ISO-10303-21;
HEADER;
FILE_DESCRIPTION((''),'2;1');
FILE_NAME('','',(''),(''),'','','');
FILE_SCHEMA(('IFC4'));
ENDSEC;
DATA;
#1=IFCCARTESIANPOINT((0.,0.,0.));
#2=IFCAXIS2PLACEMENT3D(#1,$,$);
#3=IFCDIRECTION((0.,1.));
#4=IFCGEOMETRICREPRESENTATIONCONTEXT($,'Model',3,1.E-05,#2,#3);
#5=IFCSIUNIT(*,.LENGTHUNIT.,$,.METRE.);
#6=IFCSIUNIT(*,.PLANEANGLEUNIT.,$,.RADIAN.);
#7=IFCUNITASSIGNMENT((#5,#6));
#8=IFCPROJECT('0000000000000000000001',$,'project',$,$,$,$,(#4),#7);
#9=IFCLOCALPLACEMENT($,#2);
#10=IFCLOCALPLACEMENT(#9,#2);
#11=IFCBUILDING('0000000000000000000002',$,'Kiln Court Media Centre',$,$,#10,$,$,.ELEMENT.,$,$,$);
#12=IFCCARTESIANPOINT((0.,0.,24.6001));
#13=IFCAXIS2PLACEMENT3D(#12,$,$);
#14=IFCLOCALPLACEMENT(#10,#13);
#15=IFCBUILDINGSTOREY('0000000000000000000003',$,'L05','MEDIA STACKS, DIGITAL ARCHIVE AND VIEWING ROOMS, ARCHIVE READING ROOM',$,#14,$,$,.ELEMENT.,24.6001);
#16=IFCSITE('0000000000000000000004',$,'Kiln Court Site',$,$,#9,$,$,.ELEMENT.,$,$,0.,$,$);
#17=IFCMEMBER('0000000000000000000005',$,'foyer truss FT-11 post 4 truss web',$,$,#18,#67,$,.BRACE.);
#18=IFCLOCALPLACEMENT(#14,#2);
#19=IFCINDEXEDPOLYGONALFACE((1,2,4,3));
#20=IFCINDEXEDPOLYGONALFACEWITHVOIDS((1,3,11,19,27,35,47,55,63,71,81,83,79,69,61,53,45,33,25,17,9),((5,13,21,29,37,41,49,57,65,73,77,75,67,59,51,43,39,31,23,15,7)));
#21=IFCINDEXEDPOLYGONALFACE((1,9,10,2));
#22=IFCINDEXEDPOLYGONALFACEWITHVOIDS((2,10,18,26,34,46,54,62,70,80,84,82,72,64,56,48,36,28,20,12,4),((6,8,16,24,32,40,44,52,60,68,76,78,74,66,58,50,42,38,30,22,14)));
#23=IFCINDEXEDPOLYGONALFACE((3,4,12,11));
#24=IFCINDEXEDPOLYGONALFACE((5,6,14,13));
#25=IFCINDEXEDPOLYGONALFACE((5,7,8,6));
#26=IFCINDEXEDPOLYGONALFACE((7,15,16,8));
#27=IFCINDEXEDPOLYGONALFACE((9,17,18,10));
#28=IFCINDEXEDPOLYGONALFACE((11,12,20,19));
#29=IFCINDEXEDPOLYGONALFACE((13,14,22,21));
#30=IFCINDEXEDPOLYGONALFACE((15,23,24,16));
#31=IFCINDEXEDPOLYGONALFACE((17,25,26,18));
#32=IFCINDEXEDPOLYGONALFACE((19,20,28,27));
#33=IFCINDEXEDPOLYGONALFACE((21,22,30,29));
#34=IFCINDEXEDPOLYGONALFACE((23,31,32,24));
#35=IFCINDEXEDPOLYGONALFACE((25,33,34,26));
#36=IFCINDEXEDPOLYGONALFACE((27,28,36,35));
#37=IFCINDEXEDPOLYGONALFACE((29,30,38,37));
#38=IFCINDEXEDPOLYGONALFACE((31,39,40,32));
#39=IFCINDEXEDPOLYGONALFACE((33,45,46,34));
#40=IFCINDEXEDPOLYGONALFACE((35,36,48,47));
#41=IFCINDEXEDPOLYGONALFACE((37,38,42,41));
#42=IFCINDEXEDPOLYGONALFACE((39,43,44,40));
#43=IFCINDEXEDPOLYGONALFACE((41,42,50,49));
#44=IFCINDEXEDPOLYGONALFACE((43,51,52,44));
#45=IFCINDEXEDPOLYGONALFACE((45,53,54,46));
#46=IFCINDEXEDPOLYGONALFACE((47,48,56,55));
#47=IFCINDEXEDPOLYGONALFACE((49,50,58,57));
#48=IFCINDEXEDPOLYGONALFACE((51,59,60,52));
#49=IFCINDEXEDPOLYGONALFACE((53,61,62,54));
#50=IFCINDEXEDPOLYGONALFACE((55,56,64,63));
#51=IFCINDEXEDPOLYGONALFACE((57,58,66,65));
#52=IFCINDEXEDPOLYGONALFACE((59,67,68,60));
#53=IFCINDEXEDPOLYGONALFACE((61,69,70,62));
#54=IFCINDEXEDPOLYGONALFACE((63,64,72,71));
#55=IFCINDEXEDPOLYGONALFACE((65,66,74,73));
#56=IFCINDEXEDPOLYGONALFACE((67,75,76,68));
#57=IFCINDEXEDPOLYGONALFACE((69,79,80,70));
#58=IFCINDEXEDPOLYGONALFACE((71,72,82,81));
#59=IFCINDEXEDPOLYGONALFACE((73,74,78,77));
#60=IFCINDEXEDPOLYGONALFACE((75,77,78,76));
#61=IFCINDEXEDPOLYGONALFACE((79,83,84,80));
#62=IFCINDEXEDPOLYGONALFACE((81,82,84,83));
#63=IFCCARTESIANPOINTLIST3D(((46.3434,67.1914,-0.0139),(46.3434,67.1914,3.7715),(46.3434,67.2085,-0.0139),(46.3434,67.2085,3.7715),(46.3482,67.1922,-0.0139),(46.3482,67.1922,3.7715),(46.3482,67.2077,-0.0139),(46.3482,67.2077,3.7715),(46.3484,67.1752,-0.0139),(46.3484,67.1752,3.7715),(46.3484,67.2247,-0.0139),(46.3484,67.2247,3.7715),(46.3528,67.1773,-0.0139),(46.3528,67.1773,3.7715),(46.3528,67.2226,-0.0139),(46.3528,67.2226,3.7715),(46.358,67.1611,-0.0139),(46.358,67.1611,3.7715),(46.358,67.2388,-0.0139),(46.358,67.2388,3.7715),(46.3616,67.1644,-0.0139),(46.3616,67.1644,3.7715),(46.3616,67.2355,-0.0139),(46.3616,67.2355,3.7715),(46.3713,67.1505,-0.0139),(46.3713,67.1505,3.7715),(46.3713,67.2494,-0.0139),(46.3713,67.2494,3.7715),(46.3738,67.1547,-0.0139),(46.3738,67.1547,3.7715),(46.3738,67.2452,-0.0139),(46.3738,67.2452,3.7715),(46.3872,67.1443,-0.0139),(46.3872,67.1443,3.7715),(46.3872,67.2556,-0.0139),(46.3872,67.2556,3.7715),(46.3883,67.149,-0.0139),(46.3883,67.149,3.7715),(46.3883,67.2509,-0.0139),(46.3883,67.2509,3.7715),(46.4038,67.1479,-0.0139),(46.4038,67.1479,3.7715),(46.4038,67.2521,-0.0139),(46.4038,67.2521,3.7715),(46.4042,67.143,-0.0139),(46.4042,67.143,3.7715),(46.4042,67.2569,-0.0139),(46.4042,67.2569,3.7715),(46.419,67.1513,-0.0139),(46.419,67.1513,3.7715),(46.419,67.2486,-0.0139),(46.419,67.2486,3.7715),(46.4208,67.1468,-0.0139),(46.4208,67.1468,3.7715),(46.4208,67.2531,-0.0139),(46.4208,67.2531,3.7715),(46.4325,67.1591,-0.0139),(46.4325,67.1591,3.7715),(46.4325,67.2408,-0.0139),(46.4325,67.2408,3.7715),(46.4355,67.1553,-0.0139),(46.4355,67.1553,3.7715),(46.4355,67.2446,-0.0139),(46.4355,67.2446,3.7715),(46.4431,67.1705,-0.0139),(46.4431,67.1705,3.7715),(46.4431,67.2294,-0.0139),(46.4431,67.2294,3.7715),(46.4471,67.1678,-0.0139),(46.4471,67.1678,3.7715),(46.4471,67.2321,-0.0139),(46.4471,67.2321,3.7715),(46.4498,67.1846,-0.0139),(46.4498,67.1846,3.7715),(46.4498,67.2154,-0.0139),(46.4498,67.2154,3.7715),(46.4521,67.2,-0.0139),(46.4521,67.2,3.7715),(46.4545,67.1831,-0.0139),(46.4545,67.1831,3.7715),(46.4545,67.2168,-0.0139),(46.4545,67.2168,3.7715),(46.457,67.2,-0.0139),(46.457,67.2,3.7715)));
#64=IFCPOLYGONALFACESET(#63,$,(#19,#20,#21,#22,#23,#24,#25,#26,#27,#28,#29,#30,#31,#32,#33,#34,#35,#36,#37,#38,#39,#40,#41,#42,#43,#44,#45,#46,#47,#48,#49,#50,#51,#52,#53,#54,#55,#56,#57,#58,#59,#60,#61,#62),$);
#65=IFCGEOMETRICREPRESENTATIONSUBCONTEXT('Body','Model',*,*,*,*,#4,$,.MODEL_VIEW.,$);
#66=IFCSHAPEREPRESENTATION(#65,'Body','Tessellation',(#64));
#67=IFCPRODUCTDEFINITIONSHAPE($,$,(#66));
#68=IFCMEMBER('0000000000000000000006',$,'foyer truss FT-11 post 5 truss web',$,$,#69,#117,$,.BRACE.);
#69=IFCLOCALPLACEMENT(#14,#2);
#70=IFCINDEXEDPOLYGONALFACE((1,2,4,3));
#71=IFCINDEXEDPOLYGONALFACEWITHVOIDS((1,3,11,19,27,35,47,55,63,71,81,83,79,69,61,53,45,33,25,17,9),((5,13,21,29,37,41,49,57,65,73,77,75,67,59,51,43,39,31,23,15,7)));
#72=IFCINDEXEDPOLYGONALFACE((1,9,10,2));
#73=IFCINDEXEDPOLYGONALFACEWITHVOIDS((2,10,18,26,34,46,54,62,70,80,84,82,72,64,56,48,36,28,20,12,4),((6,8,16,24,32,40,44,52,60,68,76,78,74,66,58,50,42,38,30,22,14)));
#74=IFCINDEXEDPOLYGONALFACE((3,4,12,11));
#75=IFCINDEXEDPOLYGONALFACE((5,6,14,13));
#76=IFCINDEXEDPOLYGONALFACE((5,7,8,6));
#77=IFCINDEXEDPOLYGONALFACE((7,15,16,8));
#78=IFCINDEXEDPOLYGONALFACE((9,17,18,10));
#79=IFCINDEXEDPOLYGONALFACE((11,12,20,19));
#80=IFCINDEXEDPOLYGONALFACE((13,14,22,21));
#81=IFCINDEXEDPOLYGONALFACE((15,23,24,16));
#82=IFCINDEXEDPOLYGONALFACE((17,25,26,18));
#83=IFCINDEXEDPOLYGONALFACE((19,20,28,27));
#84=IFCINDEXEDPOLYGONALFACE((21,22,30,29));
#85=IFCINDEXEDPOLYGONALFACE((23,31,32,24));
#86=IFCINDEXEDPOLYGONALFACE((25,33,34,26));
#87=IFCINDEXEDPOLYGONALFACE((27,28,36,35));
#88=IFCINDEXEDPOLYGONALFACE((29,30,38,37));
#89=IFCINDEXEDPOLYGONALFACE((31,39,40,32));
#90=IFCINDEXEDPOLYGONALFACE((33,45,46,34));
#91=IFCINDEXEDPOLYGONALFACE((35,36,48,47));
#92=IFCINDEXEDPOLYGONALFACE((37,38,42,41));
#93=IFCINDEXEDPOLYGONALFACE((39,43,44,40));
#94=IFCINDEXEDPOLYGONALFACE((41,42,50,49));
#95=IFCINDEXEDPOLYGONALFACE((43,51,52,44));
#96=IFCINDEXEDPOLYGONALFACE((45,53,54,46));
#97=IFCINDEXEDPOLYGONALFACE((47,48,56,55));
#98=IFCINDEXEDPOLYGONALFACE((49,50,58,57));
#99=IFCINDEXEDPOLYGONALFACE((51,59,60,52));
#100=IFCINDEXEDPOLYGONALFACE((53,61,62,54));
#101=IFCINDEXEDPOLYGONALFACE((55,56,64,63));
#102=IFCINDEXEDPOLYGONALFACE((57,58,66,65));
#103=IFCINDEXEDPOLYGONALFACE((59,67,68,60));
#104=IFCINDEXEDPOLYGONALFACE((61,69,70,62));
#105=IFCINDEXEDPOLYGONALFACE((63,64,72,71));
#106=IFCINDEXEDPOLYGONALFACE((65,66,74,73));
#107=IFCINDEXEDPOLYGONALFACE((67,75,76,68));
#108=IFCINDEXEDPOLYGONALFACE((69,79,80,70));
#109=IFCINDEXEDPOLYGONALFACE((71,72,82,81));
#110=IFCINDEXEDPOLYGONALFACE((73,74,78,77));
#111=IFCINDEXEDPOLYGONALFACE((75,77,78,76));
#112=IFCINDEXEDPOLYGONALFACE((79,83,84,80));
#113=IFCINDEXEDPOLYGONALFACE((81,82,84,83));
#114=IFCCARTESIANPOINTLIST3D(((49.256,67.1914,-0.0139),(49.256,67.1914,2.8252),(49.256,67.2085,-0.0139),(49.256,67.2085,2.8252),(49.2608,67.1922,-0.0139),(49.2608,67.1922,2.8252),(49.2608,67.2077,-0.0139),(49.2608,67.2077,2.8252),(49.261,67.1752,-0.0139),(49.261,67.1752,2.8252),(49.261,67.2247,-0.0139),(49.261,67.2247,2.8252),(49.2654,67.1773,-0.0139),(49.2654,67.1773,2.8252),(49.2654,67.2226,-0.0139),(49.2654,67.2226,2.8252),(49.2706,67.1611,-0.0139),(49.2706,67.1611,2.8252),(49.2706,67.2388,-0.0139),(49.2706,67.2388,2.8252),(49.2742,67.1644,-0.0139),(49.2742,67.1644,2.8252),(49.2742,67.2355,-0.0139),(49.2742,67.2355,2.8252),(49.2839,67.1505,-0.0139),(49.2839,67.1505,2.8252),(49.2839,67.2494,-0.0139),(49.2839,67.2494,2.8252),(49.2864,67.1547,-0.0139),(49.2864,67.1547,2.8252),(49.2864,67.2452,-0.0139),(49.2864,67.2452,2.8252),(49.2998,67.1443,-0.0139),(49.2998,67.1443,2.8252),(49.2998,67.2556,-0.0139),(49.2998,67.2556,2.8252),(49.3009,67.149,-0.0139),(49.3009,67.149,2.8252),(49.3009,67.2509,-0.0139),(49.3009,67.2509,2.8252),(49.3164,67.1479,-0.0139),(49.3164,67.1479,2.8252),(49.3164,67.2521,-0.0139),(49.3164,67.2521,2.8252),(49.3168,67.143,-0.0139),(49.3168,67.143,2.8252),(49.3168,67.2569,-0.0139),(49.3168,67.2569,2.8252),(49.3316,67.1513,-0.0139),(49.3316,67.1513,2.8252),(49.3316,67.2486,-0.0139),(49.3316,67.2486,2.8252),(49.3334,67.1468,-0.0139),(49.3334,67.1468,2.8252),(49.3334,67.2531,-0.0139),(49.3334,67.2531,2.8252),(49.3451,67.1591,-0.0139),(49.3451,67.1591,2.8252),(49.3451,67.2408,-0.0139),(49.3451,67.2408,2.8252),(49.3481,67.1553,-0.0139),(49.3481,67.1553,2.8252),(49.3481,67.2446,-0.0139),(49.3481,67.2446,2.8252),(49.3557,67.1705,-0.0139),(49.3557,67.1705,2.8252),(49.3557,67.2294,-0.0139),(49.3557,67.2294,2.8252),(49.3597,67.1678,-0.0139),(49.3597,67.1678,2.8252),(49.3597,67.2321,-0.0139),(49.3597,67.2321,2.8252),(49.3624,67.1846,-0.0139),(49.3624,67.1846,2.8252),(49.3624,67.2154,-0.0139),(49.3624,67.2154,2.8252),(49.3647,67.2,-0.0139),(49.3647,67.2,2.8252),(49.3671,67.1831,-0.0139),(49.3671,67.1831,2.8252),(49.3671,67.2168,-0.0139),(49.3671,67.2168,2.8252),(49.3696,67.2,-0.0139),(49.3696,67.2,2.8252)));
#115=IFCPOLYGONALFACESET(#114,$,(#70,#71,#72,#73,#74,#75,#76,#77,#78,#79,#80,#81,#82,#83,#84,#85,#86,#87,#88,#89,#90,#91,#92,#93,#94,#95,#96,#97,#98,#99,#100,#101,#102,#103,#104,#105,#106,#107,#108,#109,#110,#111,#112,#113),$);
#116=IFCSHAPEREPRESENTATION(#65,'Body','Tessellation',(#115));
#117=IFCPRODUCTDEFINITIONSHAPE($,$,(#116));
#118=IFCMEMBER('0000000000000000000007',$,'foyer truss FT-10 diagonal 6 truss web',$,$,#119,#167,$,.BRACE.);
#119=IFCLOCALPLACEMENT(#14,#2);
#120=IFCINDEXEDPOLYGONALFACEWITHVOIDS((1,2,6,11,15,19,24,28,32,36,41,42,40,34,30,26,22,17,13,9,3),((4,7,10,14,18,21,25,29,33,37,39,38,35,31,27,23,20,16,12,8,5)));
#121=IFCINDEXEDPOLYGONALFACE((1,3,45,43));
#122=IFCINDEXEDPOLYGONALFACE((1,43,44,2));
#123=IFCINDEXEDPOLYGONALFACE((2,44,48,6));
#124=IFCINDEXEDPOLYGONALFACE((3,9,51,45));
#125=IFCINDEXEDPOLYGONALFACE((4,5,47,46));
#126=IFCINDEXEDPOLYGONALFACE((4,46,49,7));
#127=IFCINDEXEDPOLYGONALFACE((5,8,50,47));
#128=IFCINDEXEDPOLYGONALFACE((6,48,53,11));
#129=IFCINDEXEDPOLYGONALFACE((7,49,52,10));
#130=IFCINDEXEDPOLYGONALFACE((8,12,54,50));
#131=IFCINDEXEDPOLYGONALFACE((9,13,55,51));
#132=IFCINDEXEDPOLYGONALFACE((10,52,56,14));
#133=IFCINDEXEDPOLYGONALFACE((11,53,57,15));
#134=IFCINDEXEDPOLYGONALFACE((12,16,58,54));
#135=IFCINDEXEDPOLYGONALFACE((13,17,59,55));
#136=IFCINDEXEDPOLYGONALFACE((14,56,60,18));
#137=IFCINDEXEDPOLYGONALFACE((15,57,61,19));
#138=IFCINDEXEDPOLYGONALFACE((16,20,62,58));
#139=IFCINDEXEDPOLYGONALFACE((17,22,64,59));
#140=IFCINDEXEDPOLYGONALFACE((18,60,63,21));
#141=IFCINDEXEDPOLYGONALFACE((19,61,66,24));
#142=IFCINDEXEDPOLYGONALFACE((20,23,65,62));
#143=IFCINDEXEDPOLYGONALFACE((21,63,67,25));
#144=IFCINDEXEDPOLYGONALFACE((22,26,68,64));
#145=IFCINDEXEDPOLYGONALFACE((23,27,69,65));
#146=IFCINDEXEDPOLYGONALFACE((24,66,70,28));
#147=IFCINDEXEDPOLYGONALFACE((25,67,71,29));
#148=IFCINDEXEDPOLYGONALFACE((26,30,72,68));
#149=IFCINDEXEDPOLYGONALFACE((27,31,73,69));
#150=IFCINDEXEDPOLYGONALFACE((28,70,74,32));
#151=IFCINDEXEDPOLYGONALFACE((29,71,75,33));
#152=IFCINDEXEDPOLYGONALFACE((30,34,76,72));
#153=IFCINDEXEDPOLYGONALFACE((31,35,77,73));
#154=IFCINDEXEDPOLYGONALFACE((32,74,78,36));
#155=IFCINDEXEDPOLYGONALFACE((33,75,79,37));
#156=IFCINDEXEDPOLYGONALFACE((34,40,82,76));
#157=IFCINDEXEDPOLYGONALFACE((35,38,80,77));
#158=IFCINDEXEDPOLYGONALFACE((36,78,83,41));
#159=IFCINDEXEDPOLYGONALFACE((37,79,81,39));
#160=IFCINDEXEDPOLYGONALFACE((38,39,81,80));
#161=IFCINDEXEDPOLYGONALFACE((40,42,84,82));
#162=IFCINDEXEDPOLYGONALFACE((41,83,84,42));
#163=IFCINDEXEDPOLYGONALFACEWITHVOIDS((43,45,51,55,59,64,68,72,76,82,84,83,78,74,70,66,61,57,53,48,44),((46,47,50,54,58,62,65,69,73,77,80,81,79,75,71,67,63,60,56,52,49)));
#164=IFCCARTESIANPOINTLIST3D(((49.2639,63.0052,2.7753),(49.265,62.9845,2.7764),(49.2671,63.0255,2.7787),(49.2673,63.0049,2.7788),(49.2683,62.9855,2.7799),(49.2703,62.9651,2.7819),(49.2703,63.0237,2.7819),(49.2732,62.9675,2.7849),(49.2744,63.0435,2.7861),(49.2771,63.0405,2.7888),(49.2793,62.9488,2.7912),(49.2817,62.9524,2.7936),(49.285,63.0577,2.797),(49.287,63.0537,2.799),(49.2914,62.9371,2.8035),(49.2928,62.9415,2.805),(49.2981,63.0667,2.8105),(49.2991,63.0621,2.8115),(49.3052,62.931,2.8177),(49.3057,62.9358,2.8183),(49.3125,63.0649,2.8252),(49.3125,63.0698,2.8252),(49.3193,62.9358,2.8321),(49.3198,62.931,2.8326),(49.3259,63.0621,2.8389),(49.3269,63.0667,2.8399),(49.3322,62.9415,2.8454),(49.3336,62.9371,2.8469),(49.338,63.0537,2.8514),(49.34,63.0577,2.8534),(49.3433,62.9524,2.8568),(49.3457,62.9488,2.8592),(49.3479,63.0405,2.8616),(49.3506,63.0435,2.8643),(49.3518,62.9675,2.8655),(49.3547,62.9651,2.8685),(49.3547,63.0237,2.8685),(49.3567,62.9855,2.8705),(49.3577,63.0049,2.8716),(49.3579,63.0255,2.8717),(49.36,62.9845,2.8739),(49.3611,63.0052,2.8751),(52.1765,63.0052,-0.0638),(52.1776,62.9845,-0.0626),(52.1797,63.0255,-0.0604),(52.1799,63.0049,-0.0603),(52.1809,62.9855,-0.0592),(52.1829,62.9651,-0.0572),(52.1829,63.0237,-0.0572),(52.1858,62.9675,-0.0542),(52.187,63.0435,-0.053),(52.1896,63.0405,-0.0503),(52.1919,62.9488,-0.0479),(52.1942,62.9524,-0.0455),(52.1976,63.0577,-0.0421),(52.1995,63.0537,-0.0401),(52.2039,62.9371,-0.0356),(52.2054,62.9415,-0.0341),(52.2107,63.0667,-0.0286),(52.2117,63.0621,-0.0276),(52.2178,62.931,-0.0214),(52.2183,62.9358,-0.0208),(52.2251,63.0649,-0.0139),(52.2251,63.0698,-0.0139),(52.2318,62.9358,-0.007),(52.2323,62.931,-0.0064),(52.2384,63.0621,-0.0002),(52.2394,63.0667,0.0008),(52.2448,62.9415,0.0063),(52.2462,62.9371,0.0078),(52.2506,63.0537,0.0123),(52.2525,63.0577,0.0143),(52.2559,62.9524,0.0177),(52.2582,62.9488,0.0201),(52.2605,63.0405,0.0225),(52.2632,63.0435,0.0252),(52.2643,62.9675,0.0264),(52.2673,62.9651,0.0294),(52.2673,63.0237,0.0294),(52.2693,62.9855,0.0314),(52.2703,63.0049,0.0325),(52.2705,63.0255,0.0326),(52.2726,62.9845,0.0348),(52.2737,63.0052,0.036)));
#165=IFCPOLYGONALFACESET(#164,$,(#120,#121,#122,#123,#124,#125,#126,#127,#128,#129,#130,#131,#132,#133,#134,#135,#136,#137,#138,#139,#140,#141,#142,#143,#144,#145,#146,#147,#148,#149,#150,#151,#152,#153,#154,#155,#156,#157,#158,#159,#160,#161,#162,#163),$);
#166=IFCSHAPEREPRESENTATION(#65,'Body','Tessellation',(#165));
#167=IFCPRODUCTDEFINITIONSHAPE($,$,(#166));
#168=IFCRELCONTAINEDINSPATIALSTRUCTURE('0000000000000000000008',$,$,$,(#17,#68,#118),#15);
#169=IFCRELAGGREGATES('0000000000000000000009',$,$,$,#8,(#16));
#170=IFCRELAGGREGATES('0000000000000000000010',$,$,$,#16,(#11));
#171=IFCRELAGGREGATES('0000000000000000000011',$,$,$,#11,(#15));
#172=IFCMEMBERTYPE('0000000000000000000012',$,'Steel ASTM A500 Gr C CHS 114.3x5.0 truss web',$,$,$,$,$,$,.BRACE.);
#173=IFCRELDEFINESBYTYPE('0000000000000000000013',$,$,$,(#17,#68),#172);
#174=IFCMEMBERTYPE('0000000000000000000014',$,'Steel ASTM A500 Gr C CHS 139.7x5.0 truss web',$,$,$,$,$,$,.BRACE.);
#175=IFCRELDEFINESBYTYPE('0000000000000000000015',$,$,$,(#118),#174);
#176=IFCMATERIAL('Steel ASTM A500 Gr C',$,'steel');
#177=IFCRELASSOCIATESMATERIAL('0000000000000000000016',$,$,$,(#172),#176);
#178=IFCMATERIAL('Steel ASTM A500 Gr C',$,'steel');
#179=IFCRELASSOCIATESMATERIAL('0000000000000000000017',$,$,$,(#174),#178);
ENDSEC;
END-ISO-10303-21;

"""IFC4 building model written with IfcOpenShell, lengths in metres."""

from ifc_helpers import new_model, si_unit, direction, frame, origin, origin_2d, place, context, subcontext, project, spatial, hollow_circle, extrude, material, material_profile, profile_set, type_object, element, save


model = new_model("IFC4")

# Units and contexts
model_context = context("Model", 3, precision=1e-05, world=origin(), true_north=direction((0.0, 1.0)))
body_context = subcontext(model_context, "Body", "Model", "MODEL_VIEW")
ifc_project = project(units=[si_unit("LENGTHUNIT", "METRE"), si_unit("PLANEANGLEUNIT", "RADIAN")], contexts=[model_context])

# Site, building, storey
site_placement = place(None, origin())
site = spatial("IfcSite", under=ifc_project, at=site_placement, Name="Kiln Court Site", CompositionType="ELEMENT", RefElevation=0.0)
building_placement = place(site_placement, origin())
building = spatial("IfcBuilding", under=site, at=building_placement, Name="Kiln Court Media Centre", CompositionType="ELEMENT")
storey_placement = place(building_placement, frame((0.0, 0.0, 24.6001)))
storey = spatial("IfcBuildingStorey", under=building, at=storey_placement, Name="L05", Description="MEDIA STACKS, DIGITAL ARCHIVE AND VIEWING ROOMS, ARCHIVE READING ROOM", CompositionType="ELEMENT", Elevation=24.6001)

# Members
ifc_material_1 = material(Name="Steel ASTM A500 Gr C", Category="steel")
ifc_material_profile_1 = material_profile(ifc_material_1, hollow_circle(Radius=0.0571, WallThickness=0.0049, at=origin_2d()), Name="CHS 114.3x5.0")
ifc_profile_set_1 = profile_set([ifc_material_profile_1], Name="Steel ASTM A500 Gr C")
member_type_1 = type_object("IfcMemberType", Name="Steel ASTM A500 Gr C CHS 114.3x5.0 truss web", PredefinedType="BRACE", material=ifc_profile_set_1)
member_1_placement = place(storey_placement, frame((46.3999, 67.2, -0.0139), z_axis=(0.0, 0.0, 1.0), x_axis=(1.0, 0.0, 0.0)))
element("IfcMember", 1, at=member_1_placement, inside=storey, type_object=member_type_1, Name="foyer truss FT-11 post 4 truss web", PredefinedType="BRACE", context=body_context, shape_type="SweptSolid", body=[
    extrude(hollow_circle(Radius=0.0571, WallThickness=0.0049, at=origin_2d()), origin(), (0.0, 0.0, 1.0), 3.7854),
])
member_2_placement = place(storey_placement, frame((49.3125, 67.2, -0.0139), z_axis=(0.0, 0.0, 1.0), x_axis=(1.0, 0.0, 0.0)))
element("IfcMember", 2, at=member_2_placement, inside=storey, type_object=member_type_1, Name="foyer truss FT-11 post 5 truss web", PredefinedType="BRACE", context=body_context, shape_type="SweptSolid", body=[
    extrude(hollow_circle(Radius=0.0571, WallThickness=0.0049, at=origin_2d()), origin(), (0.0, 0.0, 1.0), 2.8391),
])
ifc_material_2 = material(Name="Steel ASTM A500 Gr C", Category="steel")
ifc_material_profile_2 = material_profile(ifc_material_2, hollow_circle(Radius=0.0698, WallThickness=0.0049, at=origin_2d()), Name="CHS 139.7x5.0")
ifc_profile_set_2 = profile_set([ifc_material_profile_2], Name="Steel ASTM A500 Gr C")
member_type_2 = type_object("IfcMemberType", Name="Steel ASTM A500 Gr C CHS 139.7x5.0 truss web", PredefinedType="BRACE", material=ifc_profile_set_2)
member_3_placement = place(storey_placement, frame((49.3125, 63.0, 2.8252), z_axis=(0.716083, 0.0, -0.698016), x_axis=(0.0, 1.0, 0.0)))
element("IfcMember", 3, at=member_3_placement, inside=storey, type_object=member_type_2, Name="foyer truss FT-10 diagonal 6 truss web", PredefinedType="BRACE", context=body_context, shape_type="SweptSolid", body=[
    extrude(hollow_circle(Radius=0.0698, WallThickness=0.0049, at=origin_2d()), origin(), (0.0, 0.0, 1.0), 4.0674),
])

save(model, "model.ifc")
